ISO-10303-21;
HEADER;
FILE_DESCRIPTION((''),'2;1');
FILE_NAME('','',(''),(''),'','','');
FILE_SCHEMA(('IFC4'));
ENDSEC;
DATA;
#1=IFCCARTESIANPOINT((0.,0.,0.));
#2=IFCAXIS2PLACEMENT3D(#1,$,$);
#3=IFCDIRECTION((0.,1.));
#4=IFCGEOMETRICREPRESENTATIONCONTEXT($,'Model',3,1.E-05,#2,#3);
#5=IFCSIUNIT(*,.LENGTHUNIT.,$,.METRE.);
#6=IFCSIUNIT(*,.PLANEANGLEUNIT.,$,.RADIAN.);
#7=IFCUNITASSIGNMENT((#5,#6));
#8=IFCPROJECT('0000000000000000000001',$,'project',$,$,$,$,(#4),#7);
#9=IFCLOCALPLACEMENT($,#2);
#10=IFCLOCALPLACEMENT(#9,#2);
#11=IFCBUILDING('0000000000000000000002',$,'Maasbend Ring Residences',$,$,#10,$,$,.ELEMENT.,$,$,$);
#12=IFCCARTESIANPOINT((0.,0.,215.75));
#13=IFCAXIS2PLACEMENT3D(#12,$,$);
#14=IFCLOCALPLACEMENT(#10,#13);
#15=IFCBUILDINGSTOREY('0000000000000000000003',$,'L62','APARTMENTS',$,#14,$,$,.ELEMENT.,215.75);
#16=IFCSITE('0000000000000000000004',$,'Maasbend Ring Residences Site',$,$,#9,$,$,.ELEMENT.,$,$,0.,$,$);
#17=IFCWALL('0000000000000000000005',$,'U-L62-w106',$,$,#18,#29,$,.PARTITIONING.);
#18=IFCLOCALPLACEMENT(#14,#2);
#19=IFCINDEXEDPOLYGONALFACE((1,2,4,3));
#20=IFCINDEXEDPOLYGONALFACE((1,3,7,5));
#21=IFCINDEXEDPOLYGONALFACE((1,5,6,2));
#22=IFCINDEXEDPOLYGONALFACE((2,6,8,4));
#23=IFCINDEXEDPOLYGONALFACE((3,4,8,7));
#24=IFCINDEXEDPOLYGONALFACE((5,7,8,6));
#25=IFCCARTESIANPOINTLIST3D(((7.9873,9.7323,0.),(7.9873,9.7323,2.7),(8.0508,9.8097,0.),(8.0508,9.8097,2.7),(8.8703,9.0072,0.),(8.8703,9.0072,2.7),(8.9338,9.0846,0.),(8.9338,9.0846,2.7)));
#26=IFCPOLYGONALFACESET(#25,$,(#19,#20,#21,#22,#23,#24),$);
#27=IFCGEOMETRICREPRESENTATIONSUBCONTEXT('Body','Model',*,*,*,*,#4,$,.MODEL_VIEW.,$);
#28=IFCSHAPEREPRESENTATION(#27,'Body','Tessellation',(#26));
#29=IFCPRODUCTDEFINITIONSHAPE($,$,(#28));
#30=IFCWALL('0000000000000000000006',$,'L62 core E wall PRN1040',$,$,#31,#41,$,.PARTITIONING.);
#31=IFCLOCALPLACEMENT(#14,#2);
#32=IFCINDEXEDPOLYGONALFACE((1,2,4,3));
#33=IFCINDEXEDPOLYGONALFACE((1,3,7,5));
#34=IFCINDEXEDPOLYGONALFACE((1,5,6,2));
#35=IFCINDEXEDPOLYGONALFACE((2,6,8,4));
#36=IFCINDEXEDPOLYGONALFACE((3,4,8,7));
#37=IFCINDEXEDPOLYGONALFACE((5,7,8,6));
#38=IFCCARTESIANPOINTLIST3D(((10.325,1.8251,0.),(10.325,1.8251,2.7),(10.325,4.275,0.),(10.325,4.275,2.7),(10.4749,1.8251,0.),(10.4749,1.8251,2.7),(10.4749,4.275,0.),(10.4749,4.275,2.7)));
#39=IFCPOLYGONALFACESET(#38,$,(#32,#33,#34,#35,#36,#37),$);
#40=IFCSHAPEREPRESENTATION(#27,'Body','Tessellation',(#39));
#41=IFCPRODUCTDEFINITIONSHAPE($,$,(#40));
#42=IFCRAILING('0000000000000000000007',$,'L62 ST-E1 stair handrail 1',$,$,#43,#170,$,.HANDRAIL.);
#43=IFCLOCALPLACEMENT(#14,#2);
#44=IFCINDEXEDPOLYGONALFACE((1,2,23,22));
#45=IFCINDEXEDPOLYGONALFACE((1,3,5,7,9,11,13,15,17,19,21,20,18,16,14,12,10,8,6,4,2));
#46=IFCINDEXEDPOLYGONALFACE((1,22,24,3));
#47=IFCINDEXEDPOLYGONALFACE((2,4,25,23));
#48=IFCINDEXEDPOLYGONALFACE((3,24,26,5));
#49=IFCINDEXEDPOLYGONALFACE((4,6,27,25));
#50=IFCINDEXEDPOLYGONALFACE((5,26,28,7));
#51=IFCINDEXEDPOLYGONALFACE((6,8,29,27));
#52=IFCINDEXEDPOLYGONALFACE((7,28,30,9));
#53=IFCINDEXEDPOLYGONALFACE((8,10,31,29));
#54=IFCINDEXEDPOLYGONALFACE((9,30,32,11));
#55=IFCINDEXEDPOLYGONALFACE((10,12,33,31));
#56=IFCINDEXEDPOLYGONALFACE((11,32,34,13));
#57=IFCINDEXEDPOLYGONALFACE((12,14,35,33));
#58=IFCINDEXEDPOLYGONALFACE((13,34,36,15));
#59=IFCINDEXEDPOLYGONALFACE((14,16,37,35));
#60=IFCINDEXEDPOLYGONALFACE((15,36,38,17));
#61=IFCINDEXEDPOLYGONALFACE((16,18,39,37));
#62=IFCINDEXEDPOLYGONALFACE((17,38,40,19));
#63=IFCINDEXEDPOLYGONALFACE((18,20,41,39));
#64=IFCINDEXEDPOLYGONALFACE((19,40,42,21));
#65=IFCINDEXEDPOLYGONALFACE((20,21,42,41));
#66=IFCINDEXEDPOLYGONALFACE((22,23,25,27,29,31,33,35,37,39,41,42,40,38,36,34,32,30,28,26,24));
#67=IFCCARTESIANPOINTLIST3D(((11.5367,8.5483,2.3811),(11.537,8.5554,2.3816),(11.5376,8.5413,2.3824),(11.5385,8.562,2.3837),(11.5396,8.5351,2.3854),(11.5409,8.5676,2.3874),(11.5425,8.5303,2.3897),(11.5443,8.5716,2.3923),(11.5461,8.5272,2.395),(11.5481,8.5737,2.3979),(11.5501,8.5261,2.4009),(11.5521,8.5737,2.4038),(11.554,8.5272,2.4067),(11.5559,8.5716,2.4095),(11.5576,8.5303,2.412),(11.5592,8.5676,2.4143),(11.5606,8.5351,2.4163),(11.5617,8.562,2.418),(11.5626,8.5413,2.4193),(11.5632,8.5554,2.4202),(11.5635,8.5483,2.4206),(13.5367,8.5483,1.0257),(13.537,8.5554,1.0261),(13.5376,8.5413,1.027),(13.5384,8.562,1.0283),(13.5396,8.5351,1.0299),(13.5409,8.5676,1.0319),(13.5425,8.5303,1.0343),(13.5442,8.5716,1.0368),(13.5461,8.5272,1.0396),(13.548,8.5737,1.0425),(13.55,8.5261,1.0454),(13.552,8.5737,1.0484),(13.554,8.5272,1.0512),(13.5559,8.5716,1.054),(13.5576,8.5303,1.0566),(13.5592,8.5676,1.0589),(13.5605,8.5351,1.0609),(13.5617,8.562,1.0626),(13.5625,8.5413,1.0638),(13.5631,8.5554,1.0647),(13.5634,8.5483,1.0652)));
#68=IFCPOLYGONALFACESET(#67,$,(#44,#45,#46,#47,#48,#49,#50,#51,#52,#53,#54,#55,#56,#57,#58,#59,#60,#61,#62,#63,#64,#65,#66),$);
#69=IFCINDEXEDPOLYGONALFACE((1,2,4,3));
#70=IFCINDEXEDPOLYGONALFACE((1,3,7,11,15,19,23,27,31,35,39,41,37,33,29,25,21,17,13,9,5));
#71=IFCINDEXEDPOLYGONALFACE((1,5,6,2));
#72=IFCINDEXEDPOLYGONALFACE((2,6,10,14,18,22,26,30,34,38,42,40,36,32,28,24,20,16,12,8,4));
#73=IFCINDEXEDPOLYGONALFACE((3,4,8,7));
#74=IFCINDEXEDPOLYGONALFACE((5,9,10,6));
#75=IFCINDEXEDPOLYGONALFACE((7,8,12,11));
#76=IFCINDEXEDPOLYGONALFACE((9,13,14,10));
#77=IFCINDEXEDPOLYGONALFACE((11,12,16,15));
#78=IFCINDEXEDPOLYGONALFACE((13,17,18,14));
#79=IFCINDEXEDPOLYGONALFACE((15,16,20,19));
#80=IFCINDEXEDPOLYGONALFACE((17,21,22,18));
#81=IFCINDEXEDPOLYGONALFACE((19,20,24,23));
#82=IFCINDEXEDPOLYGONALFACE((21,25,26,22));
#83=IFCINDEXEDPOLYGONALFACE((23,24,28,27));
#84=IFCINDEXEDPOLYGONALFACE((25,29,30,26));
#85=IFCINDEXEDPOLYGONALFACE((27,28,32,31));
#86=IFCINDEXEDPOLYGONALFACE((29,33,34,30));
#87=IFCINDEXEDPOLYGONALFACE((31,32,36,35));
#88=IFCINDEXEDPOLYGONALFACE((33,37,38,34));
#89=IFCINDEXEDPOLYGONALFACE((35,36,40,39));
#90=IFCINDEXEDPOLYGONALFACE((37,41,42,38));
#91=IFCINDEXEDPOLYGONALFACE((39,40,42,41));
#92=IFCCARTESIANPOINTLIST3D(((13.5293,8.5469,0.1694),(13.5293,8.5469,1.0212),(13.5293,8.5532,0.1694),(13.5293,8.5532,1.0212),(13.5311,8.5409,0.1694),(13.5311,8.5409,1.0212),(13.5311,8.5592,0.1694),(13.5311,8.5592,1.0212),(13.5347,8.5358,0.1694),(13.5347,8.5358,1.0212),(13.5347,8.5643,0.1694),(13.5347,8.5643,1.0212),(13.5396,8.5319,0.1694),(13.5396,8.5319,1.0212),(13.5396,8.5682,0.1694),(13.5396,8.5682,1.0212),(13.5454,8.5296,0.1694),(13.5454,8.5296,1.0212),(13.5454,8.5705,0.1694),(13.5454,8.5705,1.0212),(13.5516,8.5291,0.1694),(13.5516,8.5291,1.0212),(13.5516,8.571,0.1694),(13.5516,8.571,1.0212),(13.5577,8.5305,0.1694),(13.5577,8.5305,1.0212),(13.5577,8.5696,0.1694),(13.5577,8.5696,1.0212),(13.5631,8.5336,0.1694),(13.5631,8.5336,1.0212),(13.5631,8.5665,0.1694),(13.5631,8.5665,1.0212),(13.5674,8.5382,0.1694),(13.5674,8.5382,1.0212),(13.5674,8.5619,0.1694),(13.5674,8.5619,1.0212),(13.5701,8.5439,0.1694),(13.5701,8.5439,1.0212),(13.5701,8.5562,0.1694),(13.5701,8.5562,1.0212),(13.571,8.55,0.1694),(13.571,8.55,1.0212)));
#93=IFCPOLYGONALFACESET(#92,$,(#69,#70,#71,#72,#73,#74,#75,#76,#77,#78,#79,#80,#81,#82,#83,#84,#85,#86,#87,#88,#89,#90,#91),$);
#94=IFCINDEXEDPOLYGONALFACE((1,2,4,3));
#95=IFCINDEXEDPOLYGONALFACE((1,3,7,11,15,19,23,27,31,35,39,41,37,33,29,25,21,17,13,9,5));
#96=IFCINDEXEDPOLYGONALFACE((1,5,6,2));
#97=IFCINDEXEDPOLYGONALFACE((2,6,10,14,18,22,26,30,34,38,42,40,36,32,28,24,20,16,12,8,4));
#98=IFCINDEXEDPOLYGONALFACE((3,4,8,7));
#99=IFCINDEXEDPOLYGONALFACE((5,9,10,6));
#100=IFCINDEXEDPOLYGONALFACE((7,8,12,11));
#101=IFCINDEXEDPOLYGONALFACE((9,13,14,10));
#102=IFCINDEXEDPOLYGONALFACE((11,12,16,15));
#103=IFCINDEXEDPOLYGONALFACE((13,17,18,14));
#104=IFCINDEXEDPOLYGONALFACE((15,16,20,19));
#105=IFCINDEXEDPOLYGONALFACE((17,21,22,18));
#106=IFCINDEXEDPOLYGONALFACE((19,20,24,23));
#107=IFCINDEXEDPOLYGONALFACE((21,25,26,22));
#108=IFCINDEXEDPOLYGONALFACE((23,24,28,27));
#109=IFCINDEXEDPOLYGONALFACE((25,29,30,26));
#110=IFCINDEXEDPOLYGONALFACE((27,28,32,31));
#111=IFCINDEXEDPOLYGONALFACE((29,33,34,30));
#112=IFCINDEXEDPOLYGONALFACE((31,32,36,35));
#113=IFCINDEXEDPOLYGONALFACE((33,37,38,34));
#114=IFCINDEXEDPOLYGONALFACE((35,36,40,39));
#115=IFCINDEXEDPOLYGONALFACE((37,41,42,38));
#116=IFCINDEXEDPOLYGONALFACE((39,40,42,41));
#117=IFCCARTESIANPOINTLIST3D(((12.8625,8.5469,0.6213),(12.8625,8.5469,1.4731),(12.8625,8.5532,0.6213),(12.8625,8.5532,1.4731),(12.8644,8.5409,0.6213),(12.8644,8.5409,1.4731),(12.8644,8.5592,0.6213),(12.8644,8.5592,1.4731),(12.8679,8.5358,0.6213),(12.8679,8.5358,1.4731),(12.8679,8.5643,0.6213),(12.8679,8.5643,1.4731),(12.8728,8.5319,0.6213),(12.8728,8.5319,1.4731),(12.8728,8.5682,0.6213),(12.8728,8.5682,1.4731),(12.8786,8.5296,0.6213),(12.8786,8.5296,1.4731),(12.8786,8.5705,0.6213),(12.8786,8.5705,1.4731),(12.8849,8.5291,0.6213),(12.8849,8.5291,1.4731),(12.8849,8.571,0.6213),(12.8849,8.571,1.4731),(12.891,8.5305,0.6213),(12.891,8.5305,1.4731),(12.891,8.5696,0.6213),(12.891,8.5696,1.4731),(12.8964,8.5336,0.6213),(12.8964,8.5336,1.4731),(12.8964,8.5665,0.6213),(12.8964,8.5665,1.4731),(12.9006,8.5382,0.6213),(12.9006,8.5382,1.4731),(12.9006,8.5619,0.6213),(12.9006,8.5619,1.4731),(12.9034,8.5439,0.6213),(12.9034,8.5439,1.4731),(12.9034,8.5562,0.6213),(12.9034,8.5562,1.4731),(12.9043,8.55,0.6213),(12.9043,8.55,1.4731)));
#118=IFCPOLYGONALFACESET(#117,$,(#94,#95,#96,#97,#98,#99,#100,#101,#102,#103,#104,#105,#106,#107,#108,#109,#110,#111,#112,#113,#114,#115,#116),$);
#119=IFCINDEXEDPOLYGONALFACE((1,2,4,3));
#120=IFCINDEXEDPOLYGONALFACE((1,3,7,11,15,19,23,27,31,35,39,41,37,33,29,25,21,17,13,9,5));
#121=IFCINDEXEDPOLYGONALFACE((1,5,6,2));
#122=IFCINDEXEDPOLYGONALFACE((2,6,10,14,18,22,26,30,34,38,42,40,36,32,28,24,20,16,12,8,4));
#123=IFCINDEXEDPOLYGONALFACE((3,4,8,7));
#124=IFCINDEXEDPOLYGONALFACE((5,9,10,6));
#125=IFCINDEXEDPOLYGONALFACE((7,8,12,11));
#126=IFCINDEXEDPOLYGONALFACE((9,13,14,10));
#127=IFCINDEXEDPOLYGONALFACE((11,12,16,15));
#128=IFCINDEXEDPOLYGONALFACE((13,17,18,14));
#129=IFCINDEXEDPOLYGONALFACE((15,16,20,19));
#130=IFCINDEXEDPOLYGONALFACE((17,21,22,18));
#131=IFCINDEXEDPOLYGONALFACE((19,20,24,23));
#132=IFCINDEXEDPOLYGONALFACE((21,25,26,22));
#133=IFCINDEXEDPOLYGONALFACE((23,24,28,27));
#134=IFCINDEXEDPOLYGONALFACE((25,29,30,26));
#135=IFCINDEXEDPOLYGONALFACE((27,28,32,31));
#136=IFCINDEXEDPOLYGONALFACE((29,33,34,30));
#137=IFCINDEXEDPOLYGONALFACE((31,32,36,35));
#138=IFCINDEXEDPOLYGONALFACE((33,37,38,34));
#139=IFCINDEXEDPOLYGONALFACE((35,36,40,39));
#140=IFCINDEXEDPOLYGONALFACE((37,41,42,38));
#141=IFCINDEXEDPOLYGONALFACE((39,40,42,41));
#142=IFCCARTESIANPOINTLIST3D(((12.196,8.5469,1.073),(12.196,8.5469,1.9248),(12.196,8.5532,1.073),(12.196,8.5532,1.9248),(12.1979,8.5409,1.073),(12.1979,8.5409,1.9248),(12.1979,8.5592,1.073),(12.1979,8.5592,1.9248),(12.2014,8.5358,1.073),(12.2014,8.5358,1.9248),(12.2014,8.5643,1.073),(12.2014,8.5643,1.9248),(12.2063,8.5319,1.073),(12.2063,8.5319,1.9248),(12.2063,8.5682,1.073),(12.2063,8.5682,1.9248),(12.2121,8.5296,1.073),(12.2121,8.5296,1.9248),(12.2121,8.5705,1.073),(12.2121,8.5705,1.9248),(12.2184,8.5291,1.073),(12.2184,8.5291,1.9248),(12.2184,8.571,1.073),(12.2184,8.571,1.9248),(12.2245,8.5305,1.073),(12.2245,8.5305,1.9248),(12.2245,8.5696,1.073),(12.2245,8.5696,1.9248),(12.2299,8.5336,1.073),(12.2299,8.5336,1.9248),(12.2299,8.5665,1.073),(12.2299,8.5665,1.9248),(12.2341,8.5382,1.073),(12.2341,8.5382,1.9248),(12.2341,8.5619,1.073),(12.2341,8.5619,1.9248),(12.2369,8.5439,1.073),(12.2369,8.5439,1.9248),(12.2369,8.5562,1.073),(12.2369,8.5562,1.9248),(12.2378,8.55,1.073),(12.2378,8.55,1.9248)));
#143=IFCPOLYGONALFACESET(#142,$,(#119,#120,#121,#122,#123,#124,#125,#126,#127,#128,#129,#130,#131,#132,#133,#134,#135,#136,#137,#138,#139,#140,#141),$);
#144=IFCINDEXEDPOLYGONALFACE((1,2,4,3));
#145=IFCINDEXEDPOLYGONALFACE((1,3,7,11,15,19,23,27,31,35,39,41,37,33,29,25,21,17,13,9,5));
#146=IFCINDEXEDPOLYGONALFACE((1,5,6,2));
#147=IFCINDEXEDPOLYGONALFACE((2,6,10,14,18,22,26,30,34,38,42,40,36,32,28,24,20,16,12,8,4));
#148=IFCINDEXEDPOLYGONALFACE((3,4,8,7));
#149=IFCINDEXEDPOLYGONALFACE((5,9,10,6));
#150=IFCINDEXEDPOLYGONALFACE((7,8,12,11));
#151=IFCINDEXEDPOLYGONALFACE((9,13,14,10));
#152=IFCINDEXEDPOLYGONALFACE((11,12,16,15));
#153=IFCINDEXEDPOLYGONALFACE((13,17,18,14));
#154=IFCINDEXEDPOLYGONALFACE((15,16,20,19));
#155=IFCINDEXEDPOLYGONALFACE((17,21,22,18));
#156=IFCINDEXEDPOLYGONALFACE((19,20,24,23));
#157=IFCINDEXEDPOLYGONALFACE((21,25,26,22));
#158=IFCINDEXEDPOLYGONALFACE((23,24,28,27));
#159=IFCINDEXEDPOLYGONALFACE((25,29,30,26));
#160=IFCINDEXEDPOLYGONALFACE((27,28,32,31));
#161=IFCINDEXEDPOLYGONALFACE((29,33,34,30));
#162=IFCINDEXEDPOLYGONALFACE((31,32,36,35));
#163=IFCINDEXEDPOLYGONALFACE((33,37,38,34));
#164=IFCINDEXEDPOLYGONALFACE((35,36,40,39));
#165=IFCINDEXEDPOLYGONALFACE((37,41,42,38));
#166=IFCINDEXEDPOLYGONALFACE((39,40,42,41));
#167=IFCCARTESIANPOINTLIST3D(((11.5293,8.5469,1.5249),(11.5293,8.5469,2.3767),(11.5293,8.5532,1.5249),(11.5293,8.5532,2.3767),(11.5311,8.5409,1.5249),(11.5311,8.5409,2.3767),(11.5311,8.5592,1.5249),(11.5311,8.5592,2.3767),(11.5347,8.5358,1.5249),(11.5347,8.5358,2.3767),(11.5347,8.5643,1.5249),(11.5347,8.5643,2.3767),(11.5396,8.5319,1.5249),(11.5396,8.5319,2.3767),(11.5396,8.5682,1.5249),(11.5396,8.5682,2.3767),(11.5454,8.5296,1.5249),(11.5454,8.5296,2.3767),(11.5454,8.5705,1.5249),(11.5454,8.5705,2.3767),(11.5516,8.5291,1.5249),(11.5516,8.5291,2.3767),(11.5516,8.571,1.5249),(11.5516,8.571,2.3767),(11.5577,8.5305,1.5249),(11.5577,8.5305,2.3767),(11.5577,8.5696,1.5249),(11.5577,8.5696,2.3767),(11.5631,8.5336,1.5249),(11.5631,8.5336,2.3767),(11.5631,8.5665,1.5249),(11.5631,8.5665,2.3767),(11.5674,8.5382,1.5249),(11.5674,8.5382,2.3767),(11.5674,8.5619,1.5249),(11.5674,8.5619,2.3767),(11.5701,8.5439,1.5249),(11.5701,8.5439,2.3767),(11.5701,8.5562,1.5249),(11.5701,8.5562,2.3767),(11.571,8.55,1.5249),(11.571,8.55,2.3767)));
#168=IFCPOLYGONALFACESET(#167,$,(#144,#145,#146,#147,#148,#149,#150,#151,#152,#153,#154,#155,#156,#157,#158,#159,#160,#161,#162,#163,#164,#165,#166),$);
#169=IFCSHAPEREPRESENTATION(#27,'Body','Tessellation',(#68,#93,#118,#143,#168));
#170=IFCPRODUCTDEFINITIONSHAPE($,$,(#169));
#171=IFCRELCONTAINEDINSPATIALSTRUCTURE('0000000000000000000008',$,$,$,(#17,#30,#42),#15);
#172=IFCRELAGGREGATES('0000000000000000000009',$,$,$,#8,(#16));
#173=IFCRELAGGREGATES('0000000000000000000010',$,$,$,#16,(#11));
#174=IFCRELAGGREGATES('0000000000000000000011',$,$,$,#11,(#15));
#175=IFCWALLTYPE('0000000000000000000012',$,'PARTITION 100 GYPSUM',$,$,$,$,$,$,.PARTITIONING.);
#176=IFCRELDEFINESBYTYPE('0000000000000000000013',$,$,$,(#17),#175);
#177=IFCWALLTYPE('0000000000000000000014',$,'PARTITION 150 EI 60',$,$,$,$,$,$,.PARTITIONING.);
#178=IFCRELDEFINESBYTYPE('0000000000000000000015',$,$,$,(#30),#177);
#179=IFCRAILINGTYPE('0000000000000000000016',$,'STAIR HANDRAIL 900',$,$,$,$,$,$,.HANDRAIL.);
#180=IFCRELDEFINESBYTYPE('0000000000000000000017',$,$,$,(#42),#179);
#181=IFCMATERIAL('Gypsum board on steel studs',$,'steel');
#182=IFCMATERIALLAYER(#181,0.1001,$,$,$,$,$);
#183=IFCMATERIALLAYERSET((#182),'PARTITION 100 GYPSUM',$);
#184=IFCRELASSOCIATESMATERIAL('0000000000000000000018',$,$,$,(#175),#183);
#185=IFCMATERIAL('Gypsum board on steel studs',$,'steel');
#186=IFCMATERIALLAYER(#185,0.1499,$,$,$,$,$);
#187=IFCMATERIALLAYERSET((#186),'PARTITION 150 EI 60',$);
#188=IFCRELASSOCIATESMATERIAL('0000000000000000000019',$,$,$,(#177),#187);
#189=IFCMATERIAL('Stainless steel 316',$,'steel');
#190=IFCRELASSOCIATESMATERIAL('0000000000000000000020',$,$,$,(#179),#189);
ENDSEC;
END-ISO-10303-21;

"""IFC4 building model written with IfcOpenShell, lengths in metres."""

from ifc_helpers import new_model, si_unit, direction, frame, frame_2d, origin, origin_2d, place, context, subcontext, project, spatial, rectangle, circle, extrude, material, layer, layer_set, type_object, element, save


model = new_model("IFC4")

# Units and contexts
model_context = context("Model", 3, precision=1e-05, world=origin(), true_north=direction((0.0, 1.0)))
body_context = subcontext(model_context, "Body", "Model", "MODEL_VIEW")
ifc_project = project(units=[si_unit("LENGTHUNIT", "METRE"), si_unit("PLANEANGLEUNIT", "RADIAN")], contexts=[model_context])

# Site, building, storey
site_placement = place(None, origin())
site = spatial("IfcSite", under=ifc_project, at=site_placement, Name="Maasbend Ring Residences Site", CompositionType="ELEMENT", RefElevation=0.0)
building_placement = place(site_placement, origin())
building = spatial("IfcBuilding", under=site, at=building_placement, Name="Maasbend Ring Residences", CompositionType="ELEMENT")
storey_placement = place(building_placement, frame((0.0, 0.0, 215.75)))
storey = spatial("IfcBuildingStorey", under=building, at=storey_placement, Name="L62", Description="APARTMENTS", CompositionType="ELEMENT", Elevation=215.75)

# Shared definitions
ifc_material_1 = material(Name="Gypsum board on steel studs", Category="steel")
ifc_layer_1 = layer(ifc_material_1, 0.1001)
ifc_layer_set_1 = layer_set([ifc_layer_1], Name="PARTITION 100 GYPSUM")
wall_type_1 = type_object("IfcWallType", Name="PARTITION 100 GYPSUM", PredefinedType="PARTITIONING", material=ifc_layer_set_1)

# Walls
wall_1_placement = place(storey_placement, frame((8.019, 9.771, 0.0), z_axis=(0.0, 0.0, 1.0), x_axis=(0.772842, -0.634598, 0.0)))
element("IfcWall", 1, at=wall_1_placement, inside=storey, type_object=wall_type_1, Name="U-L62-w106", PredefinedType="PARTITIONING", context=body_context, shape_type="SweptSolid", body=[
    extrude(rectangle(XDim=1.1426, YDim=0.1001, at=frame_2d((0.5713, 0.0))), origin(), (0.0, 0.0, 1.0), 2.7),
])
ifc_material_2 = material(Name="Gypsum board on steel studs", Category="steel")
ifc_layer_2 = layer(ifc_material_2, 0.1499)
ifc_layer_set_2 = layer_set([ifc_layer_2], Name="PARTITION 150 EI 60")
wall_type_2 = type_object("IfcWallType", Name="PARTITION 150 EI 60", PredefinedType="PARTITIONING", material=ifc_layer_set_2)
wall_2_placement = place(storey_placement, frame((10.3999, 1.825, 0.0), z_axis=(0.0, 0.0, 1.0), x_axis=(0.0, 1.0, 0.0)))
element("IfcWall", 2, at=wall_2_placement, inside=storey, type_object=wall_type_2, Name="L62 core E wall PRN1040", PredefinedType="PARTITIONING", context=body_context, shape_type="SweptSolid", body=[
    extrude(rectangle(XDim=2.45, YDim=0.1499, at=frame_2d((1.2251, 0.0))), origin(), (0.0, 0.0, 1.0), 2.7),
])

# Railing
ifc_material_3 = material(Name="Stainless steel 316", Category="steel")
railing_type_1 = type_object("IfcRailingType", Name="STAIR HANDRAIL 900", PredefinedType="HANDRAIL", material=ifc_material_3)
railing_1_placement = place(storey_placement, frame((13.55, 8.55, 0.1694)))
element("IfcRailing", 3, at=railing_1_placement, inside=storey, type_object=railing_type_1, Name="L62 ST-E1 stair handrail 1", PredefinedType="HANDRAIL", context=body_context, shape_type="SweptSolid", body=[
    extrude(circle(Radius=0.0239, at=origin_2d()), frame((0.0, 0.0, 0.876), z_axis=(-0.827798, 0.0, 0.561027), x_axis=(0.0, -1.0, 0.0)), (0.0, 0.0, 1.0), 2.416),
    extrude(circle(Radius=0.021, at=origin_2d()), origin(), (0.0, 0.0, 1.0), 0.8518),
    extrude(circle(Radius=0.021, at=origin_2d()), frame((-0.6667, 0.0, 0.4519)), (0.0, 0.0, 1.0), 0.8518),
    extrude(circle(Radius=0.021, at=origin_2d()), frame((-1.3333, 0.0, 0.9036)), (0.0, 0.0, 1.0), 0.8518),
    extrude(circle(Radius=0.021, at=origin_2d()), frame((-2.0, 0.0, 1.3555)), (0.0, 0.0, 1.0), 0.8518),
])

save(model, "model.ifc")
